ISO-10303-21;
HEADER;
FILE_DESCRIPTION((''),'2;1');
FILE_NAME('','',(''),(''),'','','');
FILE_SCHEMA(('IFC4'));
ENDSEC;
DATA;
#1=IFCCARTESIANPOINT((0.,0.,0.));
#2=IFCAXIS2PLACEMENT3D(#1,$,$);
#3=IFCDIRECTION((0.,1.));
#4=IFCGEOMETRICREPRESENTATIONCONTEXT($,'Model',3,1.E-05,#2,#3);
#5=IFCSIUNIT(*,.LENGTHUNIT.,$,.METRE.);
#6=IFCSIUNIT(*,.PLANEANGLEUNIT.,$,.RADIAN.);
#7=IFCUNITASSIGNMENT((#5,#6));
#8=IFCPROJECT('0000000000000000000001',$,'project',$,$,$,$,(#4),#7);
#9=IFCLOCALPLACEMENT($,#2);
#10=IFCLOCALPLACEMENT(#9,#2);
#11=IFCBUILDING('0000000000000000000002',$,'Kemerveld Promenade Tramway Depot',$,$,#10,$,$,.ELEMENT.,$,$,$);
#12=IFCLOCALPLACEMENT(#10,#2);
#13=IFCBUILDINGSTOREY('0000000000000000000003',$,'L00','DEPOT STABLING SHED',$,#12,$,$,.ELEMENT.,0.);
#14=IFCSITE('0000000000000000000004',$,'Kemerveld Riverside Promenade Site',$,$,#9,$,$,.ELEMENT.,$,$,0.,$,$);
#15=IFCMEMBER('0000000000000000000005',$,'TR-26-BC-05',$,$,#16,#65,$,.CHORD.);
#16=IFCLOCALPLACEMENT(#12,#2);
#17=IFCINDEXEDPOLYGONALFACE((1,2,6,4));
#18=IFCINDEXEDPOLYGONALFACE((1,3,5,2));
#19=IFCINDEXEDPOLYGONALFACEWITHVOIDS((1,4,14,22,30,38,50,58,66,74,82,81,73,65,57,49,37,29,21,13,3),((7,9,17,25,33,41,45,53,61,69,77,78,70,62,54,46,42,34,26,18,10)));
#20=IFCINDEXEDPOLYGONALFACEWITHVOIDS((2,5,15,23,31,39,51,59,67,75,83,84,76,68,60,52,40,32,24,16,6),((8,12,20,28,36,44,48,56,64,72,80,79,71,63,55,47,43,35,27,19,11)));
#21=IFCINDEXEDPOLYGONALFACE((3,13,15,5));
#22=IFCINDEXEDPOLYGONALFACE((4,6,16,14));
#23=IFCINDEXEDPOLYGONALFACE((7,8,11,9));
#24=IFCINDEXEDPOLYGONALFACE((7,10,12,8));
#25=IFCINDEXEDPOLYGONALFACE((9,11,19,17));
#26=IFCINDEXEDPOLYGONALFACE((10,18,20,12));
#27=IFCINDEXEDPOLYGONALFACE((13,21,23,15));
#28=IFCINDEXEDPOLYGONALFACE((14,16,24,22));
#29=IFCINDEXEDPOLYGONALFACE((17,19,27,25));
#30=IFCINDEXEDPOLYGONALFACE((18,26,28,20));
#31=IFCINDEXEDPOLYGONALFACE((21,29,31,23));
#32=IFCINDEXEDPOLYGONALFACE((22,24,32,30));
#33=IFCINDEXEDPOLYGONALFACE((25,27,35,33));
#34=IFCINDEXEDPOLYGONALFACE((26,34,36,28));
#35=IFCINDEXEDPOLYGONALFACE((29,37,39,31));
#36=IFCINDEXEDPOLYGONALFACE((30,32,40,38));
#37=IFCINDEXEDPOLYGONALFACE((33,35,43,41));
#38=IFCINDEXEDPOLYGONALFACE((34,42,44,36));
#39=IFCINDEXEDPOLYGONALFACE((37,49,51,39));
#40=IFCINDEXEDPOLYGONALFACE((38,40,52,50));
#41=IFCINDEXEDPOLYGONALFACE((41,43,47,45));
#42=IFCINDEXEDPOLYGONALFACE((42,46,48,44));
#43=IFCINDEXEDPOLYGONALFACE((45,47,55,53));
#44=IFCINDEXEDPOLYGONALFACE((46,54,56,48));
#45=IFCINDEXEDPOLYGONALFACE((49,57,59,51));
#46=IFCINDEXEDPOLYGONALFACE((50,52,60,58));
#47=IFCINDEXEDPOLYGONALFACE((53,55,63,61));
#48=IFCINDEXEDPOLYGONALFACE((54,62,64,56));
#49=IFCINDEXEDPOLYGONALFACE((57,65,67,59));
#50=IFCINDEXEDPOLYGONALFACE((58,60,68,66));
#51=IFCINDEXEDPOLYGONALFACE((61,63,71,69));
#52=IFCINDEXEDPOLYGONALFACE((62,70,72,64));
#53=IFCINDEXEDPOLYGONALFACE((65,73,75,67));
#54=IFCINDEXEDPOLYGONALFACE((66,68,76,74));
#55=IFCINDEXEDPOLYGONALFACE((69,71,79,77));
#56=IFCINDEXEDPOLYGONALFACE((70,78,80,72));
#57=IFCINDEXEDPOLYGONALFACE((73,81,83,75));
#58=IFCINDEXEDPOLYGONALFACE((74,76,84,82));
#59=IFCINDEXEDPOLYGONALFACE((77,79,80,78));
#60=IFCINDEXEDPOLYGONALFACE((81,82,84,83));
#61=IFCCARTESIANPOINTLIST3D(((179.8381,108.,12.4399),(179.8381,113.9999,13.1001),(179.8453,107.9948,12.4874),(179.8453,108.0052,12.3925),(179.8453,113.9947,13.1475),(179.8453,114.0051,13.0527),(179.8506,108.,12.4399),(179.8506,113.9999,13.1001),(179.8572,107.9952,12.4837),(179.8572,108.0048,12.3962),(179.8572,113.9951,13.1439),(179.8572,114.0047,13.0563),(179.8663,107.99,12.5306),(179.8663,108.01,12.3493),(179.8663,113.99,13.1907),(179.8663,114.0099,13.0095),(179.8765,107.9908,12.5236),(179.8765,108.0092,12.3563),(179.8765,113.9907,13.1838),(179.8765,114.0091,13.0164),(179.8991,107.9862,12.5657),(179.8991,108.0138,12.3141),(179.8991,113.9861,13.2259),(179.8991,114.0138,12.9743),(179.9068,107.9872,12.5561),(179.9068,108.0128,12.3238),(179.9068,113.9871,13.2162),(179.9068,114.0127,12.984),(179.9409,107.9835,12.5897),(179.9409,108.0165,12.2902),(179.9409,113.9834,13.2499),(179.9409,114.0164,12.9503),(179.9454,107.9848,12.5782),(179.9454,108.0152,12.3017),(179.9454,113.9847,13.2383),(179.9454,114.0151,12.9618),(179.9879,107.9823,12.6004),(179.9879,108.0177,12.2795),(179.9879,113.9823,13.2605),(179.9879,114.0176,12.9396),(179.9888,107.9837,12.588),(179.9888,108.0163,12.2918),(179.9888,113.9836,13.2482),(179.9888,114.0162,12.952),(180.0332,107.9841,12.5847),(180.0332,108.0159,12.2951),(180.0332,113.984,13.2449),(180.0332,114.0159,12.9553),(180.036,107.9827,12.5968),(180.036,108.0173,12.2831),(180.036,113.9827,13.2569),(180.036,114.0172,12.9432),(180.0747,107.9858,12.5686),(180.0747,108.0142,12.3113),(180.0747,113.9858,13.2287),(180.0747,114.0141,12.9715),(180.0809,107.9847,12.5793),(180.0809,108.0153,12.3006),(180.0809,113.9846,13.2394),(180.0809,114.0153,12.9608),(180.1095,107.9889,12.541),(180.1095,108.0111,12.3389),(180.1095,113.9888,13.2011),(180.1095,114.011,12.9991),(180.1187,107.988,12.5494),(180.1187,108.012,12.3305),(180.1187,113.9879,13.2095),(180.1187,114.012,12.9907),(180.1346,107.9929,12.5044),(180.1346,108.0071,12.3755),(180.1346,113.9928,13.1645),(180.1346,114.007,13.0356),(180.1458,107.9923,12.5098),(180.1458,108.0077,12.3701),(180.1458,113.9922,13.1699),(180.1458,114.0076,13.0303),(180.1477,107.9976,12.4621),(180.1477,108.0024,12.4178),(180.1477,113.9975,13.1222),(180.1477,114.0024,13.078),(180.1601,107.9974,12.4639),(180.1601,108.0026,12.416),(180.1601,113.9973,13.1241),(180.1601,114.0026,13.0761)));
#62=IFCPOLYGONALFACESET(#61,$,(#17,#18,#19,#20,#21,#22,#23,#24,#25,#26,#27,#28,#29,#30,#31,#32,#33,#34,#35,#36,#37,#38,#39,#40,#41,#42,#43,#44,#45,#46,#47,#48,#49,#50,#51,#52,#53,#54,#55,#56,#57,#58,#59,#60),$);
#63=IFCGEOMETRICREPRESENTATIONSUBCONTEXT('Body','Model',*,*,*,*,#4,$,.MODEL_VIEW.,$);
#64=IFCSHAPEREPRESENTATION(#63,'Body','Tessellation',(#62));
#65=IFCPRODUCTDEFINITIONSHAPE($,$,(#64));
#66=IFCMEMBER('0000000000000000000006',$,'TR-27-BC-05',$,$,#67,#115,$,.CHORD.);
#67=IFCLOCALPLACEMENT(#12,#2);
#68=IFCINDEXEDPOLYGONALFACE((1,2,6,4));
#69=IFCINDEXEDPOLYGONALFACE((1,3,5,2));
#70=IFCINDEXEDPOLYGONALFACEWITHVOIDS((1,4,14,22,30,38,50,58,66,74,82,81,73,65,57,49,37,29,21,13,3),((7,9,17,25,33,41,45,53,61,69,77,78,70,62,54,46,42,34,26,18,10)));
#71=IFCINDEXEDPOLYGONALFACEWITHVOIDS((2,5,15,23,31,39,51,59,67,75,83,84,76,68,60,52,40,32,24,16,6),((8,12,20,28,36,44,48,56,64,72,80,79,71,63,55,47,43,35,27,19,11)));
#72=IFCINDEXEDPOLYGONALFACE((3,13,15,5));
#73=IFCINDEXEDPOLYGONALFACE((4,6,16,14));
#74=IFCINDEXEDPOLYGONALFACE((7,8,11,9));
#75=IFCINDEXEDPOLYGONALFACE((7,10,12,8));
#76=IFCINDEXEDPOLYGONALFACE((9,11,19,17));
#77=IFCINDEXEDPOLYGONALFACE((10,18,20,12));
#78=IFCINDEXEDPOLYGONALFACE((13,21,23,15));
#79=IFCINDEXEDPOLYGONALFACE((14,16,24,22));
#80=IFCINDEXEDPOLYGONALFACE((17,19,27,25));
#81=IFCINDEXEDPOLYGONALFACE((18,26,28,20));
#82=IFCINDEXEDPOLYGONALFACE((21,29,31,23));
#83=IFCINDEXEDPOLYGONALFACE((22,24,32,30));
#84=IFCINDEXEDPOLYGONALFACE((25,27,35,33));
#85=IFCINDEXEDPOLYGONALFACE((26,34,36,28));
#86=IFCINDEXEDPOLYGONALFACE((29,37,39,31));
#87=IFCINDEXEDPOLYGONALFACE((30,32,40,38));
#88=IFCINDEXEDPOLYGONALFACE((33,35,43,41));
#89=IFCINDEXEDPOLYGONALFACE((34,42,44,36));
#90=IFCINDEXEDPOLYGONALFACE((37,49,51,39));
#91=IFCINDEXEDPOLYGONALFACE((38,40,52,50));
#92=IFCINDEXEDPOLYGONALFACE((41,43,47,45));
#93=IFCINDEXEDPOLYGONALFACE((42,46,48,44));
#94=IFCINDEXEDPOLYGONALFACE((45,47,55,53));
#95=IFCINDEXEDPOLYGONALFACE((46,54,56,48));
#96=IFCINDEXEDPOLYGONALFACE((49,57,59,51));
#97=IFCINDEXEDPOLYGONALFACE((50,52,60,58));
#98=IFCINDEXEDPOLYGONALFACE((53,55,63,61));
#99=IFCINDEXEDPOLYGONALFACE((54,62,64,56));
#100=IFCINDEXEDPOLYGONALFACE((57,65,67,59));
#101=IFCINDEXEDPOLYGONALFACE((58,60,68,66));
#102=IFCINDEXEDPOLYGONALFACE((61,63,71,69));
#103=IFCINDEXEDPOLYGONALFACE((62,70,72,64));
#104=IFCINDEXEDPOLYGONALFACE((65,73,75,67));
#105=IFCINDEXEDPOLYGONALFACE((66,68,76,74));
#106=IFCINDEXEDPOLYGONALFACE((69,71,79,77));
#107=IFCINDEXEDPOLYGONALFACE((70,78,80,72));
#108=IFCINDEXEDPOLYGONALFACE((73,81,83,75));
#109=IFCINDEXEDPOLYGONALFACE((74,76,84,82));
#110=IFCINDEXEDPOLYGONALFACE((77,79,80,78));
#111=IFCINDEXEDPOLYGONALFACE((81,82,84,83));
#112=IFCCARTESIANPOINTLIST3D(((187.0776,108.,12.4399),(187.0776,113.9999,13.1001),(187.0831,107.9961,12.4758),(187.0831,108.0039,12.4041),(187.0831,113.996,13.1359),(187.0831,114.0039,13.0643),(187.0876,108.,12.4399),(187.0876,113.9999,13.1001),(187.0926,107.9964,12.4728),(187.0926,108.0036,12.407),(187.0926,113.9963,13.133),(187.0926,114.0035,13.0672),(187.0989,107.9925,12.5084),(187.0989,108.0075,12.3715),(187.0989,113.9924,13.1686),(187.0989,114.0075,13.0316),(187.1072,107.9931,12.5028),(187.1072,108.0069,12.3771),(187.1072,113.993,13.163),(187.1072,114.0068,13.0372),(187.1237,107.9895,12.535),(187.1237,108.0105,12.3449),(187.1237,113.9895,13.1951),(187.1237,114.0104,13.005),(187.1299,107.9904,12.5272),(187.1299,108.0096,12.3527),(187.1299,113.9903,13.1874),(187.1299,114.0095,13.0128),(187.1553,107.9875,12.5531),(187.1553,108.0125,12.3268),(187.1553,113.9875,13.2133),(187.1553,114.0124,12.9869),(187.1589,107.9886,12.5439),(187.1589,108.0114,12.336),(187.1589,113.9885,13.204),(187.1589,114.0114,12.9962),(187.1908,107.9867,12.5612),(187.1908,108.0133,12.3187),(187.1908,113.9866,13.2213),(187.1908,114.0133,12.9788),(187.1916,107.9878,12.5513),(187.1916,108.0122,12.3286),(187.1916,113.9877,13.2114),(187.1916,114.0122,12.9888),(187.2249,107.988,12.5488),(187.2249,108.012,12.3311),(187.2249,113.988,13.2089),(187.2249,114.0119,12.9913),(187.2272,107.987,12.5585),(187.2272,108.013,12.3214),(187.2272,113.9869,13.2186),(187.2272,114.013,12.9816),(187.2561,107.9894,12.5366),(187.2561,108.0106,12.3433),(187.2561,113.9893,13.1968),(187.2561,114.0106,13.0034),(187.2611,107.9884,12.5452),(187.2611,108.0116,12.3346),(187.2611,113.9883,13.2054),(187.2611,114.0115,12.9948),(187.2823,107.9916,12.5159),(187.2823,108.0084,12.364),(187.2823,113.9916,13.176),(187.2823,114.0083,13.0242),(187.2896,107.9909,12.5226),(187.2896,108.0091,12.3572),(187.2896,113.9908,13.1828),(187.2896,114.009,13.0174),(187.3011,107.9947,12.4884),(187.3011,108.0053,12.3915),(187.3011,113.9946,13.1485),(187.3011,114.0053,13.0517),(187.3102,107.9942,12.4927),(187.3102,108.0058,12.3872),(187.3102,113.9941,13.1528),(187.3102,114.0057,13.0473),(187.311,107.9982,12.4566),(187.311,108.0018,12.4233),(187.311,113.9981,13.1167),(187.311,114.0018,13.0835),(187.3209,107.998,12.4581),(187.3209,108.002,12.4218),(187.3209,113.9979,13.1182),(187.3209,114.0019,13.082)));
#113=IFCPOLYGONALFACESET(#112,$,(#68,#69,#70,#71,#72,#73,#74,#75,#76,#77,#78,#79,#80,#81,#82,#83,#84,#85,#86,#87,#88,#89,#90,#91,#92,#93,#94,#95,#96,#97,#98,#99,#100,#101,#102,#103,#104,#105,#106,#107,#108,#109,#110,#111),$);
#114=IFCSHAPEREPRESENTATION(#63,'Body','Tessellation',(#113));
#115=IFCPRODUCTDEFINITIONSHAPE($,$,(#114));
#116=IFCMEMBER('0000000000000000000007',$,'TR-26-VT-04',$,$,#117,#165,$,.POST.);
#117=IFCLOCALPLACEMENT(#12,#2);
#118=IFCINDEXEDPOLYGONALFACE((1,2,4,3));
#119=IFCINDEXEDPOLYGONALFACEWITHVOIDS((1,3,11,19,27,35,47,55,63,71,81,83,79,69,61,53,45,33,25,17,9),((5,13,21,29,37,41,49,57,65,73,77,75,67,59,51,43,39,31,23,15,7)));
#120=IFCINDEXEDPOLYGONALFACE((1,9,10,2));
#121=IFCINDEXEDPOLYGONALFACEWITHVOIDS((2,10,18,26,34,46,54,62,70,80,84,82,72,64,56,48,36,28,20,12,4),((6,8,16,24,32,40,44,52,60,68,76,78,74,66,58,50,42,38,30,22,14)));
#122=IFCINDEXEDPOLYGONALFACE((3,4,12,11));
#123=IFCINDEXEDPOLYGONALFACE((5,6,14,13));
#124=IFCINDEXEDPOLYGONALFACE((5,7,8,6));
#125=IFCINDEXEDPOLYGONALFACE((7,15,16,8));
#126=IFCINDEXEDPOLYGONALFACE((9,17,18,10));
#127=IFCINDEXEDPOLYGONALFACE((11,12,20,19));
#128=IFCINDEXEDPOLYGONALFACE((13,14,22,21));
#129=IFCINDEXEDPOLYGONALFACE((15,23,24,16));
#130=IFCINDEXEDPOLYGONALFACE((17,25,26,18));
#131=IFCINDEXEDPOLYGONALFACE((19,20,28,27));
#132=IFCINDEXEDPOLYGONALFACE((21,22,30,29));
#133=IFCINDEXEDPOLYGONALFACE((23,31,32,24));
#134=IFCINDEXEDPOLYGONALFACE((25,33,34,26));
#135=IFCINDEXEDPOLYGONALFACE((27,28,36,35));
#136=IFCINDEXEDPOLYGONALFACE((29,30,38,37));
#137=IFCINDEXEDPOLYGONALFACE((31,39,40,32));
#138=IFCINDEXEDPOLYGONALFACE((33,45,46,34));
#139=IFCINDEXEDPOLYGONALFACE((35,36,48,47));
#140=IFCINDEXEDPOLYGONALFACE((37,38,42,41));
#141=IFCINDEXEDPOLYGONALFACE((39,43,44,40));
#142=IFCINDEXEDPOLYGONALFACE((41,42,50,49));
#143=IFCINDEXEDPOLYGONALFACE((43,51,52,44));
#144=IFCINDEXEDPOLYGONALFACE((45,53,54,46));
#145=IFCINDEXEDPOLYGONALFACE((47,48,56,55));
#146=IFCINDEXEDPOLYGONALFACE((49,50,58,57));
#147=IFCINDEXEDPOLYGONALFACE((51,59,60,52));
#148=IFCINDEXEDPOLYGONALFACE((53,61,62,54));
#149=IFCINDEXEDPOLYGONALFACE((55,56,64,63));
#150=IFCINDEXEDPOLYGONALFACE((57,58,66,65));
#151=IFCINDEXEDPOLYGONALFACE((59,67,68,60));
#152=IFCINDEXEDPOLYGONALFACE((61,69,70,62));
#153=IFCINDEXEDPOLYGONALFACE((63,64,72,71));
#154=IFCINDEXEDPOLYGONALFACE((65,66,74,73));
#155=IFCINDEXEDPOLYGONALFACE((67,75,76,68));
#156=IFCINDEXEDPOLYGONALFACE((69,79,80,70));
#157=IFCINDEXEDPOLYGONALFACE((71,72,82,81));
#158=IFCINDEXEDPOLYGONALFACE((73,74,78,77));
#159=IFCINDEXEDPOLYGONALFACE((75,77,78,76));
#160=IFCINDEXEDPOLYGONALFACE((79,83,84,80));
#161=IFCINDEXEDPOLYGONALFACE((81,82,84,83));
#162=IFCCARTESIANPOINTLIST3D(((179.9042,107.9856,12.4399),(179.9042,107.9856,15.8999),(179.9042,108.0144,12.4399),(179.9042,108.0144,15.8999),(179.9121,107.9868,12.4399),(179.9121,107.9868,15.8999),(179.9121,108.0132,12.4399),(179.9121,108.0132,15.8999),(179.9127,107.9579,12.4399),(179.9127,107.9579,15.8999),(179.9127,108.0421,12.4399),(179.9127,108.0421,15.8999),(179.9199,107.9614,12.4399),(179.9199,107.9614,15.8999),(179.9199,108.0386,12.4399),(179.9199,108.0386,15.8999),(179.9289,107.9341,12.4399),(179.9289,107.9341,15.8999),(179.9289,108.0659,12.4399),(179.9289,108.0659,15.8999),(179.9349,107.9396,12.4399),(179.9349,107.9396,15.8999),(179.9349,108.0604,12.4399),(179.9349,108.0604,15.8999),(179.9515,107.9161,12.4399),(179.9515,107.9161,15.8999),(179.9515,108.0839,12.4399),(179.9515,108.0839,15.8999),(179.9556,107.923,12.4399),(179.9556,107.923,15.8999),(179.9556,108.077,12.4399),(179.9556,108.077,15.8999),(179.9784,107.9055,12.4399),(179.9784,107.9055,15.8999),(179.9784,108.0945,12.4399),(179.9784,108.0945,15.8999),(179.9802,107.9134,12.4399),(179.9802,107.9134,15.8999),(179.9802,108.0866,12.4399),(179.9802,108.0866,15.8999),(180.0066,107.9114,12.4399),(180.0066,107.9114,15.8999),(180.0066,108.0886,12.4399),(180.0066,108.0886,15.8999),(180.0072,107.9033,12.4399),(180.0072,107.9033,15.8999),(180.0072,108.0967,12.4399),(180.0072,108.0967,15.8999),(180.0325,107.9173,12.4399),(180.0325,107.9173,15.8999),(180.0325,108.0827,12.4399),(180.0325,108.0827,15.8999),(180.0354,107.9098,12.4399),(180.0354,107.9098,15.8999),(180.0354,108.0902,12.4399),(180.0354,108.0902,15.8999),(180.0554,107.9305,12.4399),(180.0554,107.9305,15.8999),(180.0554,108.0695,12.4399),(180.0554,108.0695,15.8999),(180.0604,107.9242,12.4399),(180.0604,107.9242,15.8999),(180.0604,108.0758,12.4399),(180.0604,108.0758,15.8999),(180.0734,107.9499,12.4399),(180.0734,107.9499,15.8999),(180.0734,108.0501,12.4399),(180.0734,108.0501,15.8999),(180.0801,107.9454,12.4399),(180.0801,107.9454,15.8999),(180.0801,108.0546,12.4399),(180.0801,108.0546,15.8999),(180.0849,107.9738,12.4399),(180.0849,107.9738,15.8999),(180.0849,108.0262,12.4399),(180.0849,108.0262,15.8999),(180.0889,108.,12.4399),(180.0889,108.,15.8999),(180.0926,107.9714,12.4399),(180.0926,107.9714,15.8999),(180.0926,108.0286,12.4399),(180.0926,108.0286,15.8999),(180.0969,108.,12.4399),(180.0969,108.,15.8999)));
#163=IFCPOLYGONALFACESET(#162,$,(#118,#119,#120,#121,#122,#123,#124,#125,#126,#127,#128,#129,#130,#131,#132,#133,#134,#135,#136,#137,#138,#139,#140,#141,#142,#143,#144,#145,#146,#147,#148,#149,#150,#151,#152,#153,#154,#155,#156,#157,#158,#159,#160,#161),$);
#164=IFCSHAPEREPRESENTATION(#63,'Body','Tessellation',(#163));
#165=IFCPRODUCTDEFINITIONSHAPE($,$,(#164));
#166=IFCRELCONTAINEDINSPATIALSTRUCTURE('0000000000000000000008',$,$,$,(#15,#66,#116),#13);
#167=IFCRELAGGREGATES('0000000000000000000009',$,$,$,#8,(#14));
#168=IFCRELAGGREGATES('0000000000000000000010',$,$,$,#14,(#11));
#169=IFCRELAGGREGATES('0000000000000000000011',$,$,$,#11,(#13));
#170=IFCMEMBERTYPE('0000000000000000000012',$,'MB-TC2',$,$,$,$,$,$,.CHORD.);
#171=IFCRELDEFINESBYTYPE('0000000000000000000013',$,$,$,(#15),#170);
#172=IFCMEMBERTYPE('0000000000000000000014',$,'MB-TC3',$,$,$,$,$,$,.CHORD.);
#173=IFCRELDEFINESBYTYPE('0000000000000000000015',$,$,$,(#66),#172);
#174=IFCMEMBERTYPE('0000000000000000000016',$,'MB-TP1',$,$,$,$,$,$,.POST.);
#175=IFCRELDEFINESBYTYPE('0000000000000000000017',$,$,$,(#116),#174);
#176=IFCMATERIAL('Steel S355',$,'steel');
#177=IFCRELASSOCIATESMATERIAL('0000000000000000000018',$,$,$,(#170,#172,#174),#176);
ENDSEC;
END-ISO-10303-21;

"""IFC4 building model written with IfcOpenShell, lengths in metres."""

from ifc_helpers import new_model, si_unit, direction, frame, origin, origin_2d, place, context, subcontext, project, spatial, hollow_circle, extrude, material, material_profile, profile_set, type_object, element, save


model = new_model("IFC4")

# Units and contexts
model_context = context("Model", 3, precision=1e-05, world=origin(), true_north=direction((0.0, 1.0)))
body_context = subcontext(model_context, "Body", "Model", "MODEL_VIEW")
ifc_project = project(units=[si_unit("LENGTHUNIT", "METRE"), si_unit("PLANEANGLEUNIT", "RADIAN")], contexts=[model_context])

# Site, building, storey
site_placement = place(None, origin())
site = spatial("IfcSite", under=ifc_project, at=site_placement, Name="Kemerveld Riverside Promenade Site", CompositionType="ELEMENT", RefElevation=0.0)
building_placement = place(site_placement, origin())
building = spatial("IfcBuilding", under=site, at=building_placement, Name="Kemerveld Promenade Tramway Depot", CompositionType="ELEMENT")
storey_placement = place(building_placement, origin())
storey = spatial("IfcBuildingStorey", under=building, at=storey_placement, Name="L00", Description="DEPOT STABLING SHED", CompositionType="ELEMENT", Elevation=0.0)

# Shared definitions
ifc_material_1 = material(Name="Steel S355", Category="steel")

# Members
ifc_material_profile_1 = material_profile(ifc_material_1, hollow_circle(Radius=0.1619, WallThickness=0.0125, at=origin_2d()), Name="323.9x12.5 CHS")
ifc_profile_set_1 = profile_set([ifc_material_profile_1], Name="Steel S355")
member_type_1 = type_object("IfcMemberType", Name="MB-TC2", PredefinedType="CHORD", material=ifc_profile_set_1)
member_1_placement = place(storey_placement, frame((180.0, 108.0, 12.4399), z_axis=(0.0, 0.994002, 0.109366), x_axis=(-1.0, 0.0, 0.0)))
element("IfcMember", 1, at=member_1_placement, inside=storey, type_object=member_type_1, Name="TR-26-BC-05", PredefinedType="CHORD", context=body_context, shape_type="SweptSolid", body=[
    extrude(hollow_circle(Radius=0.1619, WallThickness=0.0125, at=origin_2d()), origin(), (0.0, 0.0, 1.0), 6.0361),
])
ifc_material_profile_2 = material_profile(ifc_material_1, hollow_circle(Radius=0.1223, WallThickness=0.01, at=origin_2d()), Name="244.5x10.0 CHS")
ifc_profile_set_2 = profile_set([ifc_material_profile_2], Name="Steel S355")
member_type_2 = type_object("IfcMemberType", Name="MB-TC3", PredefinedType="CHORD", material=ifc_profile_set_2)
member_2_placement = place(storey_placement, frame((187.2, 108.0, 12.4399), z_axis=(0.0, 0.994002, 0.109366), x_axis=(-1.0, 0.0, 0.0)))
element("IfcMember", 2, at=member_2_placement, inside=storey, type_object=member_type_2, Name="TR-27-BC-05", PredefinedType="CHORD", context=body_context, shape_type="SweptSolid", body=[
    extrude(hollow_circle(Radius=0.1223, WallThickness=0.01, at=origin_2d()), origin(), (0.0, 0.0, 1.0), 6.0361),
])
ifc_material_profile_3 = material_profile(ifc_material_1, hollow_circle(Radius=0.0969, WallThickness=0.0081, at=origin_2d()), Name="193.7x8.0 CHS")
ifc_profile_set_3 = profile_set([ifc_material_profile_3], Name="Steel S355")
member_type_3 = type_object("IfcMemberType", Name="MB-TP1", PredefinedType="POST", material=ifc_profile_set_3)
member_3_placement = place(storey_placement, frame((180.0, 108.0, 12.4399), z_axis=(0.0, 0.0, 1.0), x_axis=(1.0, 0.0, 0.0)))
element("IfcMember", 3, at=member_3_placement, inside=storey, type_object=member_type_3, Name="TR-26-VT-04", PredefinedType="POST", context=body_context, shape_type="SweptSolid", body=[
    extrude(hollow_circle(Radius=0.0969, WallThickness=0.0081, at=origin_2d()), origin(), (0.0, 0.0, 1.0), 3.46),
])

save(model, "model.ifc")
